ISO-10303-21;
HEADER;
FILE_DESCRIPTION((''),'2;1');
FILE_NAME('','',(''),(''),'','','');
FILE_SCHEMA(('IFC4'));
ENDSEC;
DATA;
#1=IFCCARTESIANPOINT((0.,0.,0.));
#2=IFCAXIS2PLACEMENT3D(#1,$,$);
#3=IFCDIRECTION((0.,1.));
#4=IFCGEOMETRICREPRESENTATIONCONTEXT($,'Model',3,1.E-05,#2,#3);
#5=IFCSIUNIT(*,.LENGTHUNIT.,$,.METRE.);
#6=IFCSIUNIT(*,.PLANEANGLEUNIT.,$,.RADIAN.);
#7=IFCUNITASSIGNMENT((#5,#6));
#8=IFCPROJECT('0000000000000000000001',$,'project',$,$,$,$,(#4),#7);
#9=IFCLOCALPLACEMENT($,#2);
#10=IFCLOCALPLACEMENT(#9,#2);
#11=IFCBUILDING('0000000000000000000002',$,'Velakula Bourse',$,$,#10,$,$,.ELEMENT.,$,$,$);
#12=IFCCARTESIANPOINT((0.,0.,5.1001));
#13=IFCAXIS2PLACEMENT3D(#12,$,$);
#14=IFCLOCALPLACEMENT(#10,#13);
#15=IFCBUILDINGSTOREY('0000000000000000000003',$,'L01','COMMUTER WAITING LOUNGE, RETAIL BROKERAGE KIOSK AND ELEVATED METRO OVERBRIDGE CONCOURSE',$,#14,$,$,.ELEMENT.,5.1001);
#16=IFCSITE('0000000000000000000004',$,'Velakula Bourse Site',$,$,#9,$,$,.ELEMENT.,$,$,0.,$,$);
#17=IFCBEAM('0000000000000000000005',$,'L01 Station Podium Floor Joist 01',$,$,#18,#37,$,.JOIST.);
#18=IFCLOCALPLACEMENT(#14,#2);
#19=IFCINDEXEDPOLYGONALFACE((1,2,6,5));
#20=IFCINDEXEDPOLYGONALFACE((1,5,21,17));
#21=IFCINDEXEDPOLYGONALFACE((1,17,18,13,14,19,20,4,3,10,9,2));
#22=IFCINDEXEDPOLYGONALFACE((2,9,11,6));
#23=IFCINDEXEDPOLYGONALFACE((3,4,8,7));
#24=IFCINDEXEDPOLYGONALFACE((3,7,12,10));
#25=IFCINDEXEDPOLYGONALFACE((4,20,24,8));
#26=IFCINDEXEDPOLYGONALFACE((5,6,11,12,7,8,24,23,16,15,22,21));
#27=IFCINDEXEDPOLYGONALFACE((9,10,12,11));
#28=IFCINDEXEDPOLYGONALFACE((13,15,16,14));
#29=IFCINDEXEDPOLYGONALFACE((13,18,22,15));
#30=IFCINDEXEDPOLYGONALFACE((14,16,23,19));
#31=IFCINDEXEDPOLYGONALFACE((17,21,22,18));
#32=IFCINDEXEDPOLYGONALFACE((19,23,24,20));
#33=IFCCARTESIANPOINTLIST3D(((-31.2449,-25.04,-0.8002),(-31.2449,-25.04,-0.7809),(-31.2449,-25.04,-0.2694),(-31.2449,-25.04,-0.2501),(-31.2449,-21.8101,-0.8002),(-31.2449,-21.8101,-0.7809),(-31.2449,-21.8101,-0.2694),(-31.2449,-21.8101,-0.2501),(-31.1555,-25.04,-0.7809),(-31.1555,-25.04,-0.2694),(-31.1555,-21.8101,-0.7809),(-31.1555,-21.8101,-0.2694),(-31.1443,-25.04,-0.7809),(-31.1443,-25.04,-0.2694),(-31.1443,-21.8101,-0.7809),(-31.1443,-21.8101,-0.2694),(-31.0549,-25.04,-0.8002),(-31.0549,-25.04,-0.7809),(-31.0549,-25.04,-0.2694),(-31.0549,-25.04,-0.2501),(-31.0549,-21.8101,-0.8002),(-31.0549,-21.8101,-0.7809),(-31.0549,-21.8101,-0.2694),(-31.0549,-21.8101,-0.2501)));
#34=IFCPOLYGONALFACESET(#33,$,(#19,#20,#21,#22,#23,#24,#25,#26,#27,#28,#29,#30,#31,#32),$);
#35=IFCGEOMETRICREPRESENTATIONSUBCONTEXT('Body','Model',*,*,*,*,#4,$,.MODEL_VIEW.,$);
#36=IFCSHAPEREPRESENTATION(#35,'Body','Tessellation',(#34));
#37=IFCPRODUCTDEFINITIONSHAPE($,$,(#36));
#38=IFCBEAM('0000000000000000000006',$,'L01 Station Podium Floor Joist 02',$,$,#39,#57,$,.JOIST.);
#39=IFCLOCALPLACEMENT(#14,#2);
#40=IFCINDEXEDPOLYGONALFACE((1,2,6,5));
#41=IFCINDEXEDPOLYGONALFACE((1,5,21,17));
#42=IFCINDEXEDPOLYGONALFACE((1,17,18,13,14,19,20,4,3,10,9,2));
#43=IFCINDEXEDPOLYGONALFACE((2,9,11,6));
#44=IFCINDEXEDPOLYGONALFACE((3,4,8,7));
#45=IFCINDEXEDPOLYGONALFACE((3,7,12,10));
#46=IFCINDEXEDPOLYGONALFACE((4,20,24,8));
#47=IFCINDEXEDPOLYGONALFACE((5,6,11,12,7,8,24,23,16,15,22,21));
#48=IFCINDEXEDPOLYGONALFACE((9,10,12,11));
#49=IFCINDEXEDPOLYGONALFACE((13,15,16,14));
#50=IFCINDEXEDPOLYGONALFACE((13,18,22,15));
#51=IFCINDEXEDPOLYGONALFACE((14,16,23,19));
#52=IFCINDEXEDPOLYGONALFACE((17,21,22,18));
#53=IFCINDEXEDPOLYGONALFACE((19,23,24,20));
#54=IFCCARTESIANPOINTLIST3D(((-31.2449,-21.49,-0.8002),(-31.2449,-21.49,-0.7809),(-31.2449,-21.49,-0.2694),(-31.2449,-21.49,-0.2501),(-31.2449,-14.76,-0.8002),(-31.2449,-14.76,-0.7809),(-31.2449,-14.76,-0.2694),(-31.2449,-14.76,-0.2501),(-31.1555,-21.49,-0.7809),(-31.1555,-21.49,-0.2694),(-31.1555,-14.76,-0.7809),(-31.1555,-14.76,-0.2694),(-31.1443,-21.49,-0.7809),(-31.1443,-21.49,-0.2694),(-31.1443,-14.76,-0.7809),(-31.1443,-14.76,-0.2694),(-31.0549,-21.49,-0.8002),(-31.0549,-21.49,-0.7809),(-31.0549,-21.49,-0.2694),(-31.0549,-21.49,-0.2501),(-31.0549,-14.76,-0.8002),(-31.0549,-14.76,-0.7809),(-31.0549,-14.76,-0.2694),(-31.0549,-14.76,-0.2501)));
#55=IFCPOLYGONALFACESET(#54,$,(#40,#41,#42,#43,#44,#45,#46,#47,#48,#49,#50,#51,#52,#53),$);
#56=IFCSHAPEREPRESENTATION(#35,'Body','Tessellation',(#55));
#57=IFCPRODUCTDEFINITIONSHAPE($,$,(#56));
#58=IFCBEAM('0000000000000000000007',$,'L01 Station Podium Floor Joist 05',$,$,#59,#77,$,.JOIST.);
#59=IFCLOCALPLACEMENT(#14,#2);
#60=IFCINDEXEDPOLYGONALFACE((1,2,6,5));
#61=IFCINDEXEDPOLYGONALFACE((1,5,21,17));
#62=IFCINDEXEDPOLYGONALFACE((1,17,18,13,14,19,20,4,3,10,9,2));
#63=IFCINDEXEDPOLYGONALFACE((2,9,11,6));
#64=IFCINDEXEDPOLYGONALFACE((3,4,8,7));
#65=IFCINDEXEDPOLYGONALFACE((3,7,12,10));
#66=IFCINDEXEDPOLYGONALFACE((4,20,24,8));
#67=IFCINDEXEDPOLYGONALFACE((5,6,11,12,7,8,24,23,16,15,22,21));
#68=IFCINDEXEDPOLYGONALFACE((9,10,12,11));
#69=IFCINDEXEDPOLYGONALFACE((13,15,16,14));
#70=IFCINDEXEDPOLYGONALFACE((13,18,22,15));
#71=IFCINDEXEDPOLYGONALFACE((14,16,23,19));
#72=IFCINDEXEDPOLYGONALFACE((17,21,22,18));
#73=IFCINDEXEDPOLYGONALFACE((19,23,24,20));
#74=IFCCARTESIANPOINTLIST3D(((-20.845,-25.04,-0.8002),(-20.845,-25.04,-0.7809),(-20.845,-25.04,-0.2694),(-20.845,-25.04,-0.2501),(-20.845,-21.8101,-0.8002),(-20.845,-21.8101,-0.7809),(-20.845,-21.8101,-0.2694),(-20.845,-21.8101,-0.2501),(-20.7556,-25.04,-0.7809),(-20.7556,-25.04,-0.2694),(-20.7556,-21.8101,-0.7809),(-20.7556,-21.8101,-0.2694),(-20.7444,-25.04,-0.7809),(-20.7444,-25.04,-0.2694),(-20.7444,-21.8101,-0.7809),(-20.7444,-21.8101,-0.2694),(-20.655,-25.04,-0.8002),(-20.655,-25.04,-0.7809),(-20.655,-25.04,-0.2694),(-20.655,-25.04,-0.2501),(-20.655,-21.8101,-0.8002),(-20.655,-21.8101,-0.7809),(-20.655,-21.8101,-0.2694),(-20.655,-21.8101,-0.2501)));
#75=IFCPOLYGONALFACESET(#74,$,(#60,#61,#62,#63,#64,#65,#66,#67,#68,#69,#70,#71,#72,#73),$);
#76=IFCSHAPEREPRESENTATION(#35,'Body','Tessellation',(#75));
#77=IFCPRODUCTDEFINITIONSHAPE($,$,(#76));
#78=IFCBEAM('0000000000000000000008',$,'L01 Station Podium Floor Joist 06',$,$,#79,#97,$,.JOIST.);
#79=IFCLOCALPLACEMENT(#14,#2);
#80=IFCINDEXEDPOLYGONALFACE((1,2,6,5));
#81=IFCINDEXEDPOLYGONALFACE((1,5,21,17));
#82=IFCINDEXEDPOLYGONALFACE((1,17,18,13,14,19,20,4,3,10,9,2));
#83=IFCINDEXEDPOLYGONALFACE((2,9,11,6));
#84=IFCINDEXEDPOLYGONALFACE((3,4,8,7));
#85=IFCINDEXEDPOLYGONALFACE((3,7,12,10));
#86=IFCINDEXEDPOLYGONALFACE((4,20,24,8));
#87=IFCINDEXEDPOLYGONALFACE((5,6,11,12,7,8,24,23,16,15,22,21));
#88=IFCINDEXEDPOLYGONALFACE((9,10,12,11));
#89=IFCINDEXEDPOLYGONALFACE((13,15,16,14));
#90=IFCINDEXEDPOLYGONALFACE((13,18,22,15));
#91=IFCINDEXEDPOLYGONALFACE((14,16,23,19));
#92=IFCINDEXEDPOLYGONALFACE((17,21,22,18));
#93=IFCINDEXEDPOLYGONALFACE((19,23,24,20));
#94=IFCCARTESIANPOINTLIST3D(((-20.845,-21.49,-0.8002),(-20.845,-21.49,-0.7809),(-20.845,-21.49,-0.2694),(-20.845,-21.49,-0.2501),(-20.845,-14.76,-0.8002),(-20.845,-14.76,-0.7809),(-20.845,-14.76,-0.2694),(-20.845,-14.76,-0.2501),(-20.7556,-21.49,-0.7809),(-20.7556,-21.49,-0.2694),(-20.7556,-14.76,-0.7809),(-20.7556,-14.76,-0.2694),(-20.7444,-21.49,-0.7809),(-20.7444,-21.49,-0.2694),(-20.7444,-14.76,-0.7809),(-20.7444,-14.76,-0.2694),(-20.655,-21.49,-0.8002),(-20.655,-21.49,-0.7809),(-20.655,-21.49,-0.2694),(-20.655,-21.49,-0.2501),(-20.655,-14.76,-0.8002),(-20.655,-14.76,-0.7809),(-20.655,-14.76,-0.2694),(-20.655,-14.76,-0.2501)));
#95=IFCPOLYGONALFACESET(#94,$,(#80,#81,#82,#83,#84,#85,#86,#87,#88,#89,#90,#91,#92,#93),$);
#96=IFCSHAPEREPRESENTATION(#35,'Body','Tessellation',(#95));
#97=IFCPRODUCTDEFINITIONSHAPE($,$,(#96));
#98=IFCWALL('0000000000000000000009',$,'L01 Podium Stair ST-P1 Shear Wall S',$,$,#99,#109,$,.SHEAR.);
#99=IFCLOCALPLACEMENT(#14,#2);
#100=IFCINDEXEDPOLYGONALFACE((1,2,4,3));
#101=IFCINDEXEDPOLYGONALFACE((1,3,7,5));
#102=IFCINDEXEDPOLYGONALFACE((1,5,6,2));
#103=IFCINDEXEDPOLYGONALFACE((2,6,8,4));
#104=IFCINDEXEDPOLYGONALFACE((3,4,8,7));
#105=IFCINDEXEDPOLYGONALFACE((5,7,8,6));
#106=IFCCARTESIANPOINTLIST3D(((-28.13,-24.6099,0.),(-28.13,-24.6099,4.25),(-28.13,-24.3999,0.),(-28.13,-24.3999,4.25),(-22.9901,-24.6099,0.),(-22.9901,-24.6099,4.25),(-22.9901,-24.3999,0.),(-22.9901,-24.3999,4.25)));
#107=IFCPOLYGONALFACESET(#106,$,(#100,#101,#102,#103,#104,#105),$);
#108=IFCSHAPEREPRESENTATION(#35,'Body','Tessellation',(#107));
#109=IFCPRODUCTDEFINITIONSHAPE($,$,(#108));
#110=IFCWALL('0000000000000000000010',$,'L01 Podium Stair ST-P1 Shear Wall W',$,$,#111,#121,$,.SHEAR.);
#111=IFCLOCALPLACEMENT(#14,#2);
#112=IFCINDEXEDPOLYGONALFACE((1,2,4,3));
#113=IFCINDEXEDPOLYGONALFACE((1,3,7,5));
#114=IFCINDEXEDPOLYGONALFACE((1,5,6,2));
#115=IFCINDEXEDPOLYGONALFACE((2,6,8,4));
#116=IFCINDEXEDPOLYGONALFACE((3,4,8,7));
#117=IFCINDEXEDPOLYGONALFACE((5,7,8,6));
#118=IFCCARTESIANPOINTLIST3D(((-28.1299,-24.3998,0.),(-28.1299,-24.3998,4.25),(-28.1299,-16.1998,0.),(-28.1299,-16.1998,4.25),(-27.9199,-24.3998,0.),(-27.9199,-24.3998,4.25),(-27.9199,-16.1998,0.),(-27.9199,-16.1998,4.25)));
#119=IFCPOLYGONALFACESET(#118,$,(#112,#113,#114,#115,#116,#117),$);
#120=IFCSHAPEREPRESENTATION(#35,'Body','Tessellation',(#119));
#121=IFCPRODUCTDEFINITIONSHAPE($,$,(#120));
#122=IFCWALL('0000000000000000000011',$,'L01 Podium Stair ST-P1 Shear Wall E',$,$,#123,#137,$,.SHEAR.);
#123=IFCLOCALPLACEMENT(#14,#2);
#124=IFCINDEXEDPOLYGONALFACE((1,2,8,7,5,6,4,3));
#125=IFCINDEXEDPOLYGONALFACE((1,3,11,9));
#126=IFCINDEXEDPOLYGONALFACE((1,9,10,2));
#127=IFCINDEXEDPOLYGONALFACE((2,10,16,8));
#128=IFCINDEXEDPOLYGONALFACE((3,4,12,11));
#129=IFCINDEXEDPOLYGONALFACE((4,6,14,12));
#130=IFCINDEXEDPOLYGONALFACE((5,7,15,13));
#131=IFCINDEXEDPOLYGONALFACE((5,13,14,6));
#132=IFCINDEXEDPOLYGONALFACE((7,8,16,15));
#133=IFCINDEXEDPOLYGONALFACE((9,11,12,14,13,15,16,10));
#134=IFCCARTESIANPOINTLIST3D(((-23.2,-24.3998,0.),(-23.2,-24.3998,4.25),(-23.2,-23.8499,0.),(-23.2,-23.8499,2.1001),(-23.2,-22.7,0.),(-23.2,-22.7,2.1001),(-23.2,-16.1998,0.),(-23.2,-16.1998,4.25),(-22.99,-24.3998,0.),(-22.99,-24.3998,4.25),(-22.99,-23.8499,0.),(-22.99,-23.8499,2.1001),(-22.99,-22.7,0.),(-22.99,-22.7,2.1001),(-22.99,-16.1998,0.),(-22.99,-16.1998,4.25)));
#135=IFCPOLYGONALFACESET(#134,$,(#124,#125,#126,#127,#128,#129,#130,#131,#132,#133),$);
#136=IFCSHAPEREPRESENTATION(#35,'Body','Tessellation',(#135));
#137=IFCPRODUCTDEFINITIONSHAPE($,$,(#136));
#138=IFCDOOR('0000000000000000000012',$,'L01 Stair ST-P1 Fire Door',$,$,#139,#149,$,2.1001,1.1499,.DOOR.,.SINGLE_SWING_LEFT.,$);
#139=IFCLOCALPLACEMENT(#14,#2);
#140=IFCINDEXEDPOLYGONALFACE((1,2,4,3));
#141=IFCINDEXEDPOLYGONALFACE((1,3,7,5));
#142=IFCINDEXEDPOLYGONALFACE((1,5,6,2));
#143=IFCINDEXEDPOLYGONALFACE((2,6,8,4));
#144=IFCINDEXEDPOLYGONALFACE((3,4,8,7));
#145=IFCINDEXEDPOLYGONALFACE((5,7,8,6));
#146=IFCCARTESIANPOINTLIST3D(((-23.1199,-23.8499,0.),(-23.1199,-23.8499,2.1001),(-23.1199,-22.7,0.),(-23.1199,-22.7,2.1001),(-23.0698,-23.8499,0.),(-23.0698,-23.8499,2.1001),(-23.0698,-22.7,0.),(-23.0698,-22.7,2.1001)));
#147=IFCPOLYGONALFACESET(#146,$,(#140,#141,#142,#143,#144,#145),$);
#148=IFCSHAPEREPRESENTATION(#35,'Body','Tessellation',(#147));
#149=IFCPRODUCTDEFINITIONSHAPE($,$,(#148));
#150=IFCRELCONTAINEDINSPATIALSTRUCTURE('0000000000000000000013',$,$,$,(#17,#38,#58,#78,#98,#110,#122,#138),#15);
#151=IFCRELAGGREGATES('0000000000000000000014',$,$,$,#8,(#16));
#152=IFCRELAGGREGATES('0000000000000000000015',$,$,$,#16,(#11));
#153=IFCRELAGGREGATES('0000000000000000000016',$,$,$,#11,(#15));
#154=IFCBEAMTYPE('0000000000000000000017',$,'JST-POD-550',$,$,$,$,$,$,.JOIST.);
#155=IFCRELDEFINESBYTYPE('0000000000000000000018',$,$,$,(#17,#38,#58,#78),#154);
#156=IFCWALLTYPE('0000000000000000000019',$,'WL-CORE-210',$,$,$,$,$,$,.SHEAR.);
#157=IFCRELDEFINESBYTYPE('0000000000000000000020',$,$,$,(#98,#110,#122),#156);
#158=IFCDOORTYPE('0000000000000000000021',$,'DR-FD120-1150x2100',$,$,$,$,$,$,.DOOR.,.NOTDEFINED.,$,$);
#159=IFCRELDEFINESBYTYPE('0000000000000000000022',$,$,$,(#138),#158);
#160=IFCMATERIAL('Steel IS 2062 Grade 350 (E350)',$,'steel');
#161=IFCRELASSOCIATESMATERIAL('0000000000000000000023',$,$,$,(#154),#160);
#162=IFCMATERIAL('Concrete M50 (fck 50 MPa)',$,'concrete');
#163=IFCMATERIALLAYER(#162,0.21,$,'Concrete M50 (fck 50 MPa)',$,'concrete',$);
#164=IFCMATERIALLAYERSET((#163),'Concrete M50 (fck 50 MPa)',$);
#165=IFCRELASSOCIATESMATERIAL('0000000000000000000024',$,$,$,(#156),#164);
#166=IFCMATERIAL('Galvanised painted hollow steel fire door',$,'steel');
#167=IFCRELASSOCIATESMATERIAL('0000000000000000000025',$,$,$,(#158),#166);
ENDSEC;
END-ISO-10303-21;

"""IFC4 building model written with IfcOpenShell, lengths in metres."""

from ifc_helpers import new_model, si_unit, direction, frame, frame_2d, origin, origin_2d, place, context, subcontext, project, spatial, rectangle, i_section, extrude, material, layer, layer_set, material_profile, profile_set, type_object, element, fill, save


model = new_model("IFC4")

# Units and contexts
model_context = context("Model", 3, precision=1e-05, world=origin(), true_north=direction((0.0, 1.0)))
body_context = subcontext(model_context, "Body", "Model", "MODEL_VIEW")
ifc_project = project(units=[si_unit("LENGTHUNIT", "METRE"), si_unit("PLANEANGLEUNIT", "RADIAN")], contexts=[model_context])

# Site, building, storey
site_placement = place(None, origin())
site = spatial("IfcSite", under=ifc_project, at=site_placement, Name="Velakula Bourse Site", CompositionType="ELEMENT", RefElevation=0.0)
building_placement = place(site_placement, origin())
building = spatial("IfcBuilding", under=site, at=building_placement, Name="Velakula Bourse", CompositionType="ELEMENT")
storey_placement = place(building_placement, frame((0.0, 0.0, 5.1001)))
storey = spatial("IfcBuildingStorey", under=building, at=storey_placement, Name="L01", Description="COMMUTER WAITING LOUNGE, RETAIL BROKERAGE KIOSK AND ELEVATED METRO OVERBRIDGE CONCOURSE", CompositionType="ELEMENT", Elevation=5.1001)

# Beams
ifc_material_1 = material(Name="Steel IS 2062 Grade 350 (E350)", Category="steel")
ifc_material_profile_1 = material_profile(ifc_material_1, i_section(OverallWidth=0.1899, OverallDepth=0.55, WebThickness=0.0112, FlangeThickness=0.0193, at=origin_2d()), Name="Steel IS 2062 Grade 350 (E350)")
ifc_profile_set_1 = profile_set([ifc_material_profile_1], Name="Steel IS 2062 Grade 350 (E350)")
beam_type_1 = type_object("IfcBeamType", Name="JST-POD-550", PredefinedType="JOIST", material=ifc_profile_set_1)
beam_1_placement = place(storey_placement, frame((-31.1499, -25.04, -0.5251), z_axis=(0.0, 1.0, 0.0), x_axis=(-1.0, 0.0, 0.0)))
element("IfcBeam", 1, at=beam_1_placement, inside=storey, type_object=beam_type_1, Name="L01 Station Podium Floor Joist 01", PredefinedType="JOIST", context=body_context, shape_type="SweptSolid", body=[
    extrude(i_section(OverallWidth=0.1899, OverallDepth=0.55, WebThickness=0.0112, FlangeThickness=0.0193, at=origin_2d()), origin(), (0.0, 0.0, 1.0), 3.23),
])
beam_2_placement = place(storey_placement, frame((-31.1499, -21.49, -0.5251), z_axis=(0.0, 1.0, 0.0), x_axis=(-1.0, 0.0, 0.0)))
element("IfcBeam", 2, at=beam_2_placement, inside=storey, type_object=beam_type_1, Name="L01 Station Podium Floor Joist 02", PredefinedType="JOIST", context=body_context, shape_type="SweptSolid", body=[
    extrude(i_section(OverallWidth=0.1899, OverallDepth=0.55, WebThickness=0.0112, FlangeThickness=0.0193, at=origin_2d()), origin(), (0.0, 0.0, 1.0), 6.73),
])
beam_3_placement = place(storey_placement, frame((-20.75, -25.04, -0.5251), z_axis=(0.0, 1.0, 0.0), x_axis=(-1.0, 0.0, 0.0)))
element("IfcBeam", 3, at=beam_3_placement, inside=storey, type_object=beam_type_1, Name="L01 Station Podium Floor Joist 05", PredefinedType="JOIST", context=body_context, shape_type="SweptSolid", body=[
    extrude(i_section(OverallWidth=0.1899, OverallDepth=0.55, WebThickness=0.0112, FlangeThickness=0.0193, at=origin_2d()), origin(), (0.0, 0.0, 1.0), 3.23),
])
beam_4_placement = place(storey_placement, frame((-20.75, -21.49, -0.5251), z_axis=(0.0, 1.0, 0.0), x_axis=(-1.0, 0.0, 0.0)))
element("IfcBeam", 4, at=beam_4_placement, inside=storey, type_object=beam_type_1, Name="L01 Station Podium Floor Joist 06", PredefinedType="JOIST", context=body_context, shape_type="SweptSolid", body=[
    extrude(i_section(OverallWidth=0.1899, OverallDepth=0.55, WebThickness=0.0112, FlangeThickness=0.0193, at=origin_2d()), origin(), (0.0, 0.0, 1.0), 6.73),
])

# Walls
ifc_material_2 = material(Name="Concrete M50 (fck 50 MPa)", Category="concrete")
ifc_layer_1 = layer(ifc_material_2, 0.21, Name="Concrete M50 (fck 50 MPa)", Category="concrete")
ifc_layer_set_1 = layer_set([ifc_layer_1], Name="Concrete M50 (fck 50 MPa)")
wall_type_1 = type_object("IfcWallType", Name="WL-CORE-210", PredefinedType="SHEAR", material=ifc_layer_set_1)
wall_1_placement = place(storey_placement, frame((-28.1299, -24.5049, 0.0), z_axis=(0.0, 0.0, 1.0), x_axis=(1.0, 0.0, 0.0)))
element("IfcWall", 5, at=wall_1_placement, inside=storey, type_object=wall_type_1, Name="L01 Podium Stair ST-P1 Shear Wall S", PredefinedType="SHEAR", context=body_context, shape_type="SweptSolid", body=[
    extrude(rectangle(XDim=5.1399, YDim=0.21, at=frame_2d((2.5698, 0.0))), origin(), (0.0, 0.0, 1.0), 4.25),
])
wall_2_placement = place(storey_placement, frame((-28.0249, -24.3999, 0.0), z_axis=(0.0, 0.0, 1.0), x_axis=(0.0, 1.0, 0.0)))
element("IfcWall", 6, at=wall_2_placement, inside=storey, type_object=wall_type_1, Name="L01 Podium Stair ST-P1 Shear Wall W", PredefinedType="SHEAR", context=body_context, shape_type="SweptSolid", body=[
    extrude(rectangle(XDim=8.2, YDim=0.21, at=frame_2d((4.1001, 0.0))), origin(), (0.0, 0.0, 1.0), 4.25),
])

# Wall, opening, door
wall_3_placement = place(storey_placement, frame((-23.095, -24.3999, 0.0), z_axis=(0.0, 0.0, 1.0), x_axis=(0.0, 1.0, 0.0)))
wall_3 = element("IfcWall", 7, at=wall_3_placement, inside=storey, type_object=wall_type_1, Name="L01 Podium Stair ST-P1 Shear Wall E", PredefinedType="SHEAR", context=body_context, shape_type="SweptSolid", body=[
    extrude(rectangle(XDim=8.2, YDim=0.21, at=frame_2d((4.1001, 0.0))), origin(), (0.0, 0.0, 1.0), 4.25),
])
opening_1_placement = place(wall_3_placement, frame((0.55, 0.0, 0.0)))
opening_1 = element("IfcOpeningElement", 8, at=opening_1_placement, cuts=wall_3, PredefinedType="OPENING", context=body_context, shape_type="SweptSolid", body=[
    extrude(rectangle(XDim=1.1499, YDim=2.1001, at=frame_2d((0.575, 1.05))), frame((0.0, 0.115, 0.0), z_axis=(0.0, -1.0, 0.0), x_axis=(1.0, 0.0, 0.0)), (0.0, 0.0, 1.0), 0.23),
])
ifc_material_3 = material(Name="Galvanised painted hollow steel fire door", Category="steel")
door_type = type_object("IfcDoorType", Name="DR-FD120-1150x2100", OperationType="NOTDEFINED", PredefinedType="DOOR", material=ifc_material_3)
door_placement = place(opening_1_placement, origin())
door = element("IfcDoor", 9, at=door_placement, inside=storey, type_object=door_type, Name="L01 Stair ST-P1 Fire Door", OperationType="SINGLE_SWING_LEFT", OverallHeight=2.1001, OverallWidth=1.1499, PredefinedType="DOOR", context=body_context, shape_type="SweptSolid", body=[
    extrude(rectangle(XDim=1.1499, YDim=2.1001, at=frame_2d((0.575, 1.05))), frame((0.0, 0.0249, 0.0), z_axis=(0.0, -1.0, 0.0), x_axis=(1.0, 0.0, 0.0)), (0.0, 0.0, 1.0), 0.05),
])
fill(opening_1, door)

save(model, "model.ifc")
